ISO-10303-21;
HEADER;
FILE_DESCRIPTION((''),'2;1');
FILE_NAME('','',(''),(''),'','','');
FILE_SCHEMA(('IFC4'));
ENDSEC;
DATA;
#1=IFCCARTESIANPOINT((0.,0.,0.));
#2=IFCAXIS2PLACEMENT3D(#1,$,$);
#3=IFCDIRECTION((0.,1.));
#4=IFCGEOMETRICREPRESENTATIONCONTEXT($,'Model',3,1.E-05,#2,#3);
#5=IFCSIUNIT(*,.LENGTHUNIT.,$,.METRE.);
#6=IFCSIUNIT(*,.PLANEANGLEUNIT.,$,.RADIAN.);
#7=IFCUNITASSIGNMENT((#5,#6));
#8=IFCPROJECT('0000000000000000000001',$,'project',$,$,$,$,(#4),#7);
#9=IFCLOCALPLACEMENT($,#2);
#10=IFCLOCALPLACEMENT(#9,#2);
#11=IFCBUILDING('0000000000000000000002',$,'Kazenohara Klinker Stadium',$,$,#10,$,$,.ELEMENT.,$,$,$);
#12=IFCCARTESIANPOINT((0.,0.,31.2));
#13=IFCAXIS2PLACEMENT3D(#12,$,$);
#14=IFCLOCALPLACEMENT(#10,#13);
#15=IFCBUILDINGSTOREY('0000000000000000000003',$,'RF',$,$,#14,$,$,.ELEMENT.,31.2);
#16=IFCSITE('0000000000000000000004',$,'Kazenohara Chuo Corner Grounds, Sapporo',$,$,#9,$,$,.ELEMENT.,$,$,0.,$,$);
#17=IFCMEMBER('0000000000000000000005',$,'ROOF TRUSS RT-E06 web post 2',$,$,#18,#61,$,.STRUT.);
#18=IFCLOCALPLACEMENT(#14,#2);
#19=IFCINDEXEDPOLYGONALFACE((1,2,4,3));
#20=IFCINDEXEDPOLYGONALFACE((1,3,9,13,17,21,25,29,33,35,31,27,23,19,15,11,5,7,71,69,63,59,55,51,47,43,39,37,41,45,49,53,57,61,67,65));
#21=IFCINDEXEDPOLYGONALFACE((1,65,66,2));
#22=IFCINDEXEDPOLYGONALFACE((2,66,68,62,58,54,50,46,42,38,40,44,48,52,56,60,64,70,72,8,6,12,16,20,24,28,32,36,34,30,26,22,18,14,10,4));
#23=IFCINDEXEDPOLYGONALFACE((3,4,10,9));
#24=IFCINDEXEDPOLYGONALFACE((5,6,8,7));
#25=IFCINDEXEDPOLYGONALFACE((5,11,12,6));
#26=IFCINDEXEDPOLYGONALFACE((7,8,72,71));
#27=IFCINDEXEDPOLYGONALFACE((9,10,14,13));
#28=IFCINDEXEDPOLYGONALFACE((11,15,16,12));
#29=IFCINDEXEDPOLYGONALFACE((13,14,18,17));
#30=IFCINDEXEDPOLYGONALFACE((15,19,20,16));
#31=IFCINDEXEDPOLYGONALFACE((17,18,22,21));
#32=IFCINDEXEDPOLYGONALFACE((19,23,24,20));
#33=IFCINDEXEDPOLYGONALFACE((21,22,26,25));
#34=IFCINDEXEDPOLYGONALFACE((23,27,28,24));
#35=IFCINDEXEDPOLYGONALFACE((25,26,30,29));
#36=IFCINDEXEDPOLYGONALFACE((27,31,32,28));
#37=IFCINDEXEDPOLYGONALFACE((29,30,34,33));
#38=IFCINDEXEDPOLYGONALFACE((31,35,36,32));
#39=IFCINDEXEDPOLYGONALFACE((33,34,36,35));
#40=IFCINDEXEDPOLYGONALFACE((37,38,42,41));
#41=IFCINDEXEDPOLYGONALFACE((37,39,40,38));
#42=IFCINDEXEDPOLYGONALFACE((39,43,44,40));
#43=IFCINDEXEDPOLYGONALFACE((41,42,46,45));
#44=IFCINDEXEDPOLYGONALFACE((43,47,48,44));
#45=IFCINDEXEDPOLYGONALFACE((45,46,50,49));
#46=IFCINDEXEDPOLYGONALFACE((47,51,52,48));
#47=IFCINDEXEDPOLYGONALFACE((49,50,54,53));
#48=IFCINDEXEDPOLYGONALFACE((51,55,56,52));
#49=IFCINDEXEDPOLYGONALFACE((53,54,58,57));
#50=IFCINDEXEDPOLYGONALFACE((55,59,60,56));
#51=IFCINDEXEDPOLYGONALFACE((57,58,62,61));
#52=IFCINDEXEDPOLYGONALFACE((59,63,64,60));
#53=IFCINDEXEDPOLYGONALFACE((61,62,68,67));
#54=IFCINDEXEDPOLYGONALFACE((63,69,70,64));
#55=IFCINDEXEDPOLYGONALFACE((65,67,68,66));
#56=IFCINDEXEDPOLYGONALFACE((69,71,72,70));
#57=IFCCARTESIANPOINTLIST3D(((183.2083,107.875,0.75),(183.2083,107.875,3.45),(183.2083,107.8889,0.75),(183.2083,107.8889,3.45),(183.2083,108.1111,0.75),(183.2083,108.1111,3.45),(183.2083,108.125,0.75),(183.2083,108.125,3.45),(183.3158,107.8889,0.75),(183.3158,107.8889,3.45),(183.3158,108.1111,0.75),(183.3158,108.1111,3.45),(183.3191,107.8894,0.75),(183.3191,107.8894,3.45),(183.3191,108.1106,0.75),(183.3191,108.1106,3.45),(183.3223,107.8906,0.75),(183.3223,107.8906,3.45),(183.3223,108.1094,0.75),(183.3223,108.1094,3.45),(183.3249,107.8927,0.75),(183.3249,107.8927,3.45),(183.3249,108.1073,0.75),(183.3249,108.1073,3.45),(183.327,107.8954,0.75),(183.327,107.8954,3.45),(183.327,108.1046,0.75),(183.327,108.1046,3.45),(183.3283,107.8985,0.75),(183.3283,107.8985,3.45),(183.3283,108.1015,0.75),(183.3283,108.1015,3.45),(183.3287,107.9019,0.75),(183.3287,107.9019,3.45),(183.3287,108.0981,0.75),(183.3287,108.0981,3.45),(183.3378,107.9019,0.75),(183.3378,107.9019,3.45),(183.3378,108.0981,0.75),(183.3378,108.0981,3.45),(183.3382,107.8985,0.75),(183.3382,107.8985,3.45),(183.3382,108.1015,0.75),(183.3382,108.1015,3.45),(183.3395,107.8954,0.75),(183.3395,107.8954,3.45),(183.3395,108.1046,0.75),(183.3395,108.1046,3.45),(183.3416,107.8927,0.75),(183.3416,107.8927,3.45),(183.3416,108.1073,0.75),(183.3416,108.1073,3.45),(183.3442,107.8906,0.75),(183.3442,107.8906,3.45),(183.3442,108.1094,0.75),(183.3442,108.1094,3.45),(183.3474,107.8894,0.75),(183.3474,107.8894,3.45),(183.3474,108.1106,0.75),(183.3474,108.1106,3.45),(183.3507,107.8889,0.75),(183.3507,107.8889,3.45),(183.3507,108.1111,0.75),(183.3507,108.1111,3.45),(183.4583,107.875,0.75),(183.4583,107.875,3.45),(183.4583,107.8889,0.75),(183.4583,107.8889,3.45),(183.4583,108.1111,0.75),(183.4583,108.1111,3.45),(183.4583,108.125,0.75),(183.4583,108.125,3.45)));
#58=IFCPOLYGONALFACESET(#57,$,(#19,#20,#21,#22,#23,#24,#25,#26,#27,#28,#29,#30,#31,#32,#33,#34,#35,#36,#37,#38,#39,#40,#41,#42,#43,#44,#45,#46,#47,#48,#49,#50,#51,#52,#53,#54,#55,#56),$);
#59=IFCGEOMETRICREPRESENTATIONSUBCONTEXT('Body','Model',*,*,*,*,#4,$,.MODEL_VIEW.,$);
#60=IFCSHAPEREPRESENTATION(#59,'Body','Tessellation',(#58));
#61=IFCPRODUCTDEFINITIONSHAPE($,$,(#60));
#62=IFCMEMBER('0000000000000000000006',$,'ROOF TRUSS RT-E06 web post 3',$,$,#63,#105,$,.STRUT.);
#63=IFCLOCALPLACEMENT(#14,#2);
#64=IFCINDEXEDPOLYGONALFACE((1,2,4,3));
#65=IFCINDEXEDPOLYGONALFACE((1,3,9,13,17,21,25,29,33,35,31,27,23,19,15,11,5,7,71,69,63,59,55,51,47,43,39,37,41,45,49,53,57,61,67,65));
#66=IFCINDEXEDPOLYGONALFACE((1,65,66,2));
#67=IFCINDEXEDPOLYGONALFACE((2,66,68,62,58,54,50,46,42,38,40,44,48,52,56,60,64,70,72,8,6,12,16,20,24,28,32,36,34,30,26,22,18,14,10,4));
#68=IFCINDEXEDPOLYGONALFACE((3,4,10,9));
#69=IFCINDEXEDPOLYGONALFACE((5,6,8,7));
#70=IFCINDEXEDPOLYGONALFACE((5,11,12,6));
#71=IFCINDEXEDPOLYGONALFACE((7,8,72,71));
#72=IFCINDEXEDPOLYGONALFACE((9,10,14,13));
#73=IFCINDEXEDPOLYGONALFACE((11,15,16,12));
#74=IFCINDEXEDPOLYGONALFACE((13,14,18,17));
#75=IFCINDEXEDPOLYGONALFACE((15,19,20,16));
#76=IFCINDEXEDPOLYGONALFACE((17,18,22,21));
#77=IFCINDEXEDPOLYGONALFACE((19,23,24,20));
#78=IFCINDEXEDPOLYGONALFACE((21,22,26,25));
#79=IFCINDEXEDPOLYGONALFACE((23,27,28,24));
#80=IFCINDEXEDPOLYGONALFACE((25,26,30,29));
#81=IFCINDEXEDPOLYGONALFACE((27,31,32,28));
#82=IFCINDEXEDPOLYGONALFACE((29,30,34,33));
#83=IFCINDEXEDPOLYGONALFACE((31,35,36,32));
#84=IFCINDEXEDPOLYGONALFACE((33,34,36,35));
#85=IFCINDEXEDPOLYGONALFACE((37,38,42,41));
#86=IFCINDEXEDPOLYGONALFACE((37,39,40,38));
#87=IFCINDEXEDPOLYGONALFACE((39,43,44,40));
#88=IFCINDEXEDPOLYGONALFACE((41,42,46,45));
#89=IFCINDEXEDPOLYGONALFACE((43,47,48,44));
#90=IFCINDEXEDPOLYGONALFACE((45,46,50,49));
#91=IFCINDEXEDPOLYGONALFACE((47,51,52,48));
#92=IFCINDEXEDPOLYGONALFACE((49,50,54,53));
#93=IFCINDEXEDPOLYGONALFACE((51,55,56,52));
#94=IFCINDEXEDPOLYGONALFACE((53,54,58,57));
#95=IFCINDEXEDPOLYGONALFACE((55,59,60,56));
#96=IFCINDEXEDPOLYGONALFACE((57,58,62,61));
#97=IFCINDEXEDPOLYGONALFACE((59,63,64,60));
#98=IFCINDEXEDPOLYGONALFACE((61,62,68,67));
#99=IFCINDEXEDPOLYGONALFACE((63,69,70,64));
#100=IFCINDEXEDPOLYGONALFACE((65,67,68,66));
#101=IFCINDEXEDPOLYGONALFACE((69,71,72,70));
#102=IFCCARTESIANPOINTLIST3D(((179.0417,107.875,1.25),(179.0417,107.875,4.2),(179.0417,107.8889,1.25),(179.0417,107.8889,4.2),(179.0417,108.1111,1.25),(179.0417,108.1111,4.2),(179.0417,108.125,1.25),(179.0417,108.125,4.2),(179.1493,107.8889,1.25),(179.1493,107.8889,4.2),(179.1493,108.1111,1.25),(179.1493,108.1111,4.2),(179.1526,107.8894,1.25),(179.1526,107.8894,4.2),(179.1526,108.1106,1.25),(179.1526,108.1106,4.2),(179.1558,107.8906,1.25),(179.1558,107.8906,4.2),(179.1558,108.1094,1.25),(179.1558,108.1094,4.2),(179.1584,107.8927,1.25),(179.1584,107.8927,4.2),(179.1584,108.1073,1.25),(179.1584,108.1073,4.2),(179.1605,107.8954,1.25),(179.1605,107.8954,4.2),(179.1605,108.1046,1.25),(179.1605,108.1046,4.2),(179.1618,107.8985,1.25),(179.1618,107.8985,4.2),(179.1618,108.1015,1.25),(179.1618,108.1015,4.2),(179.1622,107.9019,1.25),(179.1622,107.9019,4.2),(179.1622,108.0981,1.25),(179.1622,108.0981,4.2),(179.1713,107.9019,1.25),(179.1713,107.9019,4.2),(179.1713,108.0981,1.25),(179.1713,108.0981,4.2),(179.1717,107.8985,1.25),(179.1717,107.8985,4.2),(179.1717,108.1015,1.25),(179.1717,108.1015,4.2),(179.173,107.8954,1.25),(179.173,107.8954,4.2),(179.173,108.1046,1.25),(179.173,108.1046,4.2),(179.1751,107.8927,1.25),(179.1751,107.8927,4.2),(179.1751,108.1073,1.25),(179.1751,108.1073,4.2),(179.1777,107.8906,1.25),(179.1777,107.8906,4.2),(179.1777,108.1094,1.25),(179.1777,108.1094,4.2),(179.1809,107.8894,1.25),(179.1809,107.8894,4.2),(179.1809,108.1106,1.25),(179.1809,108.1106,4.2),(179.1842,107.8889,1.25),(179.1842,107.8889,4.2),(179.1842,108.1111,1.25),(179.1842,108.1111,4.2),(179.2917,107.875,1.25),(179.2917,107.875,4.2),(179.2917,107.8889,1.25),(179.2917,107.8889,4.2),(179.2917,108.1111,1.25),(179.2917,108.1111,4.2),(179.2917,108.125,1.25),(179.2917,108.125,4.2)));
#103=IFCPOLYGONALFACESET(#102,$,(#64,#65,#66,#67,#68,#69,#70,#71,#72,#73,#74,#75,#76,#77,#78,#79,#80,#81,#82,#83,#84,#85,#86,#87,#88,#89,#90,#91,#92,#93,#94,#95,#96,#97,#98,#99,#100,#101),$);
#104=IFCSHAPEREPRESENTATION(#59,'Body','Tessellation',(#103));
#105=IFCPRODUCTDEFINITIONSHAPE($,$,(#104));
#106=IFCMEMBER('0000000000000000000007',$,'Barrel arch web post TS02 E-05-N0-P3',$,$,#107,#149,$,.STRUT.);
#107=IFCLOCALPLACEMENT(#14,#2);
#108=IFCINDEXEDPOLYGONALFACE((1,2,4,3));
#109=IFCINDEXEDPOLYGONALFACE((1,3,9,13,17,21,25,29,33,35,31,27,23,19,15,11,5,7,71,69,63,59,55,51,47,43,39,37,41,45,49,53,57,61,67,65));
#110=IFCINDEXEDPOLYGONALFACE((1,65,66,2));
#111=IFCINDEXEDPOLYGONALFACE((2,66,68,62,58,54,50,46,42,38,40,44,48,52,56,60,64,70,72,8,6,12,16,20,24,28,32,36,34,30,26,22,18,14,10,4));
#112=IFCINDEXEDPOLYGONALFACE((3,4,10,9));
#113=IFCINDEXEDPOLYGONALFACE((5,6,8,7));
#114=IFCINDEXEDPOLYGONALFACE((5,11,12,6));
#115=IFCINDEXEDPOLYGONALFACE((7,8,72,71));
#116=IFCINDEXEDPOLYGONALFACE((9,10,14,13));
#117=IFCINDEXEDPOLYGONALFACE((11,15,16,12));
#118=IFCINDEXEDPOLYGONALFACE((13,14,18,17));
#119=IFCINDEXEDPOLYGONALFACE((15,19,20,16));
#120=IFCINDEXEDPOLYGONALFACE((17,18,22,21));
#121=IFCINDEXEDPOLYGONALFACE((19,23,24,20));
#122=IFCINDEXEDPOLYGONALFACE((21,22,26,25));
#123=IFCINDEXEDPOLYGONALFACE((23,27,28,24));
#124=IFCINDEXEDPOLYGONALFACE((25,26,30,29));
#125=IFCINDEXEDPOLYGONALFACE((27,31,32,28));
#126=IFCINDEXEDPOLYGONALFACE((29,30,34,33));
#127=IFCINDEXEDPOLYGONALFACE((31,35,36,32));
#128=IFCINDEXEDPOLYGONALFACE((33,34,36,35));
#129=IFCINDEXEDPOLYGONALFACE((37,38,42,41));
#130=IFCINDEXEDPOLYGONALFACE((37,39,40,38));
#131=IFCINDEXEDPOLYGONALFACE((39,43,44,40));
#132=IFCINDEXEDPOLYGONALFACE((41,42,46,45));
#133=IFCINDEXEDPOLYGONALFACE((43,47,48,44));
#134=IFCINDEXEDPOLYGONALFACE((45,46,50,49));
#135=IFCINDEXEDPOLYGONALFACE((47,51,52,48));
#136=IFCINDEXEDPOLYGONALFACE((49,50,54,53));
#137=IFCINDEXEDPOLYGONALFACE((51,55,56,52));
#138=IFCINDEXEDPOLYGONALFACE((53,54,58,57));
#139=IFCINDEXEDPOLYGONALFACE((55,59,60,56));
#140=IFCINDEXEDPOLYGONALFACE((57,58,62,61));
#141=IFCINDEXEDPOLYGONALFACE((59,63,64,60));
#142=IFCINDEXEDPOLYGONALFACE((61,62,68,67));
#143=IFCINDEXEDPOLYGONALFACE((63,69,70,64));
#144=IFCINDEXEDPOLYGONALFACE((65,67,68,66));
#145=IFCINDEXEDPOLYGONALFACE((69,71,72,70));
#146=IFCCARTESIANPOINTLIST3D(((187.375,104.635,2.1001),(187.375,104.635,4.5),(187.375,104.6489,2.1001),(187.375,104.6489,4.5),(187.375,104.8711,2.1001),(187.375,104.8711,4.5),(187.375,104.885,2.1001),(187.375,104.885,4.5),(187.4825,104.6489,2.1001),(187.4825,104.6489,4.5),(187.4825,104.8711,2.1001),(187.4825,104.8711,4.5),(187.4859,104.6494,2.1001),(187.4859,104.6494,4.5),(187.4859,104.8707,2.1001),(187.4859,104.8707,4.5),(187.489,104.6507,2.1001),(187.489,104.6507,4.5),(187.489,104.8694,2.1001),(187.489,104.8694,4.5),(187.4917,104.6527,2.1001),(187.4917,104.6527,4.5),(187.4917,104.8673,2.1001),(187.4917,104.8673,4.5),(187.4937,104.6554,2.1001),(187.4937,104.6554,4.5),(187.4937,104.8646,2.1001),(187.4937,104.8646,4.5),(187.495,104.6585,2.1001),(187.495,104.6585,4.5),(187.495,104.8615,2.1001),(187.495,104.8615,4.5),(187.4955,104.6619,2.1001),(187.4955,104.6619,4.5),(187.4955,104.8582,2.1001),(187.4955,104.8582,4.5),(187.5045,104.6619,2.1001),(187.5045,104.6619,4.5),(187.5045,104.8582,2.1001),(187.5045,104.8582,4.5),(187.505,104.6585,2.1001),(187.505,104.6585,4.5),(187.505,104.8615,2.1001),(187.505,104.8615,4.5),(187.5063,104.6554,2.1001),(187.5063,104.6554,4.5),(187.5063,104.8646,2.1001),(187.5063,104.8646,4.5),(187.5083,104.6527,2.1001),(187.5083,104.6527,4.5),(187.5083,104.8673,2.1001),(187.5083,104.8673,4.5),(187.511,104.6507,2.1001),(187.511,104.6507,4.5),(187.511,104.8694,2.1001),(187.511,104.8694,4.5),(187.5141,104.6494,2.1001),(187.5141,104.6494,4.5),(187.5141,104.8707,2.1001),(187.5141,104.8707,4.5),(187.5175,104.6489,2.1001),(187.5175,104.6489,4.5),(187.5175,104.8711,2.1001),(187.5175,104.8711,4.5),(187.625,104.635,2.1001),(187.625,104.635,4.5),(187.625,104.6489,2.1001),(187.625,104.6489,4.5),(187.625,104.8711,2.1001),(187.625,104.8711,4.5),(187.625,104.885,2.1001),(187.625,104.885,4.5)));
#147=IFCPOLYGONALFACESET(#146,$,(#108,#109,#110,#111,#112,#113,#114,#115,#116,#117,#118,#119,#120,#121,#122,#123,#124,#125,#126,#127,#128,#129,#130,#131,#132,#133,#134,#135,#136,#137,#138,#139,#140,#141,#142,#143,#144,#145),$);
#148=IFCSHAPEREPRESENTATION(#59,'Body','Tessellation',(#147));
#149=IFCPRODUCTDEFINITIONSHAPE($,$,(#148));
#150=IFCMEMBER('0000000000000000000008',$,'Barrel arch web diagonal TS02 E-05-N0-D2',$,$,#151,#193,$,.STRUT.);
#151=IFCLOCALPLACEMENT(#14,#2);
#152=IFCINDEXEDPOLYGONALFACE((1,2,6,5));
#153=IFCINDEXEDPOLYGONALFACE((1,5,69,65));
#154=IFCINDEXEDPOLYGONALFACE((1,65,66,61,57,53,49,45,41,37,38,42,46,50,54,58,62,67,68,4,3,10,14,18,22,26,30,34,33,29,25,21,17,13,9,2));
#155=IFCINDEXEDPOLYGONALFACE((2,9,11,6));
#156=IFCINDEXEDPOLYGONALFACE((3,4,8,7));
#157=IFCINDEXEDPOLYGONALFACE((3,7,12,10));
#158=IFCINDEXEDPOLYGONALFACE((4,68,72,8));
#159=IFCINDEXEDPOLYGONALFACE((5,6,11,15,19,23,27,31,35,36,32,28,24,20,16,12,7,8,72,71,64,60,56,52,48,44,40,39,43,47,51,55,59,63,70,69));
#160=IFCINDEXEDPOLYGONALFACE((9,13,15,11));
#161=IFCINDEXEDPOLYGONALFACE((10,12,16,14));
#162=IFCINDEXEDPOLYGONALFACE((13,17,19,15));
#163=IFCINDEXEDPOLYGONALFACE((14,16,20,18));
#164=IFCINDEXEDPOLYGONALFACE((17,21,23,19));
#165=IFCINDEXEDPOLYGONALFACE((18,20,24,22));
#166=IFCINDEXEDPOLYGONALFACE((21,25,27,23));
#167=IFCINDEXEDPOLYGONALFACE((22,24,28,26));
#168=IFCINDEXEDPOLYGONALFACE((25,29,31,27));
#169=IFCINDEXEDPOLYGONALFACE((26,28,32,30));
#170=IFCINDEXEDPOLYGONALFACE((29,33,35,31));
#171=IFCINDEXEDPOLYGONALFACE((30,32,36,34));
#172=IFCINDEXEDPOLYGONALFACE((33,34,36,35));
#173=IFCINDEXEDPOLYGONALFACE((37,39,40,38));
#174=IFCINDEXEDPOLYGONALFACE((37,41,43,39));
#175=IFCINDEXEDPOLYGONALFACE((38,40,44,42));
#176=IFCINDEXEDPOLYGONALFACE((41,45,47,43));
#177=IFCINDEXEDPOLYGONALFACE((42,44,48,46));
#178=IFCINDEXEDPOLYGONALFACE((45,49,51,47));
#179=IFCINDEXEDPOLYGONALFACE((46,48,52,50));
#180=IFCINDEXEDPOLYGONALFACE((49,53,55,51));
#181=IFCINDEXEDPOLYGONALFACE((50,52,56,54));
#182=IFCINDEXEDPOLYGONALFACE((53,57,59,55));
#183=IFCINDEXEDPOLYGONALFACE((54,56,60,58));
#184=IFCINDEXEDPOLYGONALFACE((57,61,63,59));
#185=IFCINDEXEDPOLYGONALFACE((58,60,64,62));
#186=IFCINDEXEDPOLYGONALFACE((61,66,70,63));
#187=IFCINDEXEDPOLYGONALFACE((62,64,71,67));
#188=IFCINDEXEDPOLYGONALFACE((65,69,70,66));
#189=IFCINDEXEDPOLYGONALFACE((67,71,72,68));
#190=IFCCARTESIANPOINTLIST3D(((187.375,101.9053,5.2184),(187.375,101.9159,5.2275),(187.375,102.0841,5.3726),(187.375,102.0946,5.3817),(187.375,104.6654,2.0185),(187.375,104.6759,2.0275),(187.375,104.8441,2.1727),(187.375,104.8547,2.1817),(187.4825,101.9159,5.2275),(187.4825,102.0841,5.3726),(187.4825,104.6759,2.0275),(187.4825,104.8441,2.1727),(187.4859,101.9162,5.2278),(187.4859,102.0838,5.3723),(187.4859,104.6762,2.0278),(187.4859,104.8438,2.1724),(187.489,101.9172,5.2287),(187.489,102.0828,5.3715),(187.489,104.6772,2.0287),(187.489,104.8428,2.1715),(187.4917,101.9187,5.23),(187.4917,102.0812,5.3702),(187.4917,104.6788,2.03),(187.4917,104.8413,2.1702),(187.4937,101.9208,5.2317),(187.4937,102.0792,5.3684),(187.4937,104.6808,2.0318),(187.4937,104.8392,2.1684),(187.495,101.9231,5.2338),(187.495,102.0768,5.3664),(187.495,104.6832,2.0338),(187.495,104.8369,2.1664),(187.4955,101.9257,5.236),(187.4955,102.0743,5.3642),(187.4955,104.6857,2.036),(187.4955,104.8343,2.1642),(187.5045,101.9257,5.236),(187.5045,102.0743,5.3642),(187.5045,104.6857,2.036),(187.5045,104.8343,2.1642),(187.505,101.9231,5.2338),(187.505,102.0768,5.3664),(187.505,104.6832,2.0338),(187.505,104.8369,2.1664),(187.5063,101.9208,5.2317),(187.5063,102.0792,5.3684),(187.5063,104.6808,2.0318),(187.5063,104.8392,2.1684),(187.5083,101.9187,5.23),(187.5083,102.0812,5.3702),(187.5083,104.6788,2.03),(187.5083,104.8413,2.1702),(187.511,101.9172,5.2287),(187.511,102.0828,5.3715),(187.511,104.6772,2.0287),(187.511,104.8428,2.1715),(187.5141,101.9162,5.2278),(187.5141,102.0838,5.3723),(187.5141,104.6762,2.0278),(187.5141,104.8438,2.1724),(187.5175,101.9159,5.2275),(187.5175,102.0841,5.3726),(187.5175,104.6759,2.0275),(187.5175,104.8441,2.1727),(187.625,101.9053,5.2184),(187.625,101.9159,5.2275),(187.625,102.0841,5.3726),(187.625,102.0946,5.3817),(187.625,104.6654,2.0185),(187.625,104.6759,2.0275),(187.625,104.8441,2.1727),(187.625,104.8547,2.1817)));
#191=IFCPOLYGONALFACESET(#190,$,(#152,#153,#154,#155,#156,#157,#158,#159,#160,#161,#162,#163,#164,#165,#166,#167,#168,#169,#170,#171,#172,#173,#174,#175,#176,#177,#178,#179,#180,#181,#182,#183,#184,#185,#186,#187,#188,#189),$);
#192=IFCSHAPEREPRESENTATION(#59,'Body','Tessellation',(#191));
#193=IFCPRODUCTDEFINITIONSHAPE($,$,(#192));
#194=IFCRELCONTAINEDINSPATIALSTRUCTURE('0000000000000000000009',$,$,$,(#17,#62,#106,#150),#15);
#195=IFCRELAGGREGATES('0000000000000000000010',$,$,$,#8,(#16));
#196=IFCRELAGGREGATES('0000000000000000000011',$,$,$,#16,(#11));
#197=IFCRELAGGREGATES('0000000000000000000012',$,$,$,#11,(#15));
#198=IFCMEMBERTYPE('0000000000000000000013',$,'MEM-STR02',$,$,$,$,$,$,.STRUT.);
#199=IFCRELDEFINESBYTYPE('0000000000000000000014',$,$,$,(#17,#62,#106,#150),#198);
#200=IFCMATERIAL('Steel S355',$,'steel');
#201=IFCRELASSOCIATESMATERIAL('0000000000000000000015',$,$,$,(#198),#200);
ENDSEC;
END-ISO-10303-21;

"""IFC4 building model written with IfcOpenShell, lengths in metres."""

from ifc_helpers import new_model, si_unit, direction, frame, origin, origin_2d, place, context, subcontext, project, spatial, i_section, extrude, material, material_profile, profile_set, type_object, element, save


model = new_model("IFC4")

# Units and contexts
model_context = context("Model", 3, precision=1e-05, world=origin(), true_north=direction((0.0, 1.0)))
body_context = subcontext(model_context, "Body", "Model", "MODEL_VIEW")
ifc_project = project(units=[si_unit("LENGTHUNIT", "METRE"), si_unit("PLANEANGLEUNIT", "RADIAN")], contexts=[model_context])

# Site, building, storey
site_placement = place(None, origin())
site = spatial("IfcSite", under=ifc_project, at=site_placement, Name="Kazenohara Chuo Corner Grounds, Sapporo", CompositionType="ELEMENT", RefElevation=0.0)
building_placement = place(site_placement, origin())
building = spatial("IfcBuilding", under=site, at=building_placement, Name="Kazenohara Klinker Stadium", CompositionType="ELEMENT")
storey_placement = place(building_placement, frame((0.0, 0.0, 31.2)))
storey = spatial("IfcBuildingStorey", under=building, at=storey_placement, Name="RF", CompositionType="ELEMENT", Elevation=31.2)

# Members
ifc_material_1 = material(Name="Steel S355", Category="steel")
ifc_material_profile_1 = material_profile(ifc_material_1, i_section(OverallWidth=0.25, OverallDepth=0.25, WebThickness=0.009, FlangeThickness=0.0139, FilletRadius=0.0129, at=origin_2d()), Name="H-250x250x9x14")
ifc_profile_set_1 = profile_set([ifc_material_profile_1], Name="Steel S355")
member_type_1 = type_object("IfcMemberType", Name="MEM-STR02", PredefinedType="STRUT", material=ifc_profile_set_1)
member_1_placement = place(storey_placement, frame((183.3333, 108.0, 0.75), z_axis=(0.0, 0.0, 1.0), x_axis=(1.0, 0.0, 0.0)))
element("IfcMember", 1, at=member_1_placement, inside=storey, type_object=member_type_1, Name="ROOF TRUSS RT-E06 web post 2", PredefinedType="STRUT", context=body_context, shape_type="SweptSolid", body=[
    extrude(i_section(OverallWidth=0.25, OverallDepth=0.25, WebThickness=0.009, FlangeThickness=0.0139, FilletRadius=0.0129, at=origin_2d()), origin(), (0.0, 0.0, 1.0), 2.7),
])
member_2_placement = place(storey_placement, frame((179.1667, 108.0, 1.25), z_axis=(0.0, 0.0, 1.0), x_axis=(1.0, 0.0, 0.0)))
element("IfcMember", 2, at=member_2_placement, inside=storey, type_object=member_type_1, Name="ROOF TRUSS RT-E06 web post 3", PredefinedType="STRUT", context=body_context, shape_type="SweptSolid", body=[
    extrude(i_section(OverallWidth=0.25, OverallDepth=0.25, WebThickness=0.009, FlangeThickness=0.0139, FilletRadius=0.0129, at=origin_2d()), origin(), (0.0, 0.0, 1.0), 2.95),
])
member_3_placement = place(storey_placement, frame((187.5, 104.76, 2.1001), z_axis=(0.0, 0.0, 1.0), x_axis=(1.0, 0.0, 0.0)))
element("IfcMember", 3, at=member_3_placement, inside=storey, type_object=member_type_1, Name="Barrel arch web post TS02 E-05-N0-P3", PredefinedType="STRUT", context=body_context, shape_type="SweptSolid", body=[
    extrude(i_section(OverallWidth=0.25, OverallDepth=0.25, WebThickness=0.009, FlangeThickness=0.0139, FilletRadius=0.0129, at=origin_2d()), origin(), (0.0, 0.0, 1.0), 2.3999),
])
member_4_placement = place(storey_placement, frame((187.5, 104.76, 2.1001), z_axis=(0.0, -0.653134, 0.757242), x_axis=(1.0, 0.0, 0.0)))
element("IfcMember", 4, at=member_4_placement, inside=storey, type_object=member_type_1, Name="Barrel arch web diagonal TS02 E-05-N0-D2", PredefinedType="STRUT", context=body_context, shape_type="SweptSolid", body=[
    extrude(i_section(OverallWidth=0.25, OverallDepth=0.25, WebThickness=0.009, FlangeThickness=0.0139, FilletRadius=0.0129, at=origin_2d()), origin(), (0.0, 0.0, 1.0), 4.2258),
])

save(model, "model.ifc")
